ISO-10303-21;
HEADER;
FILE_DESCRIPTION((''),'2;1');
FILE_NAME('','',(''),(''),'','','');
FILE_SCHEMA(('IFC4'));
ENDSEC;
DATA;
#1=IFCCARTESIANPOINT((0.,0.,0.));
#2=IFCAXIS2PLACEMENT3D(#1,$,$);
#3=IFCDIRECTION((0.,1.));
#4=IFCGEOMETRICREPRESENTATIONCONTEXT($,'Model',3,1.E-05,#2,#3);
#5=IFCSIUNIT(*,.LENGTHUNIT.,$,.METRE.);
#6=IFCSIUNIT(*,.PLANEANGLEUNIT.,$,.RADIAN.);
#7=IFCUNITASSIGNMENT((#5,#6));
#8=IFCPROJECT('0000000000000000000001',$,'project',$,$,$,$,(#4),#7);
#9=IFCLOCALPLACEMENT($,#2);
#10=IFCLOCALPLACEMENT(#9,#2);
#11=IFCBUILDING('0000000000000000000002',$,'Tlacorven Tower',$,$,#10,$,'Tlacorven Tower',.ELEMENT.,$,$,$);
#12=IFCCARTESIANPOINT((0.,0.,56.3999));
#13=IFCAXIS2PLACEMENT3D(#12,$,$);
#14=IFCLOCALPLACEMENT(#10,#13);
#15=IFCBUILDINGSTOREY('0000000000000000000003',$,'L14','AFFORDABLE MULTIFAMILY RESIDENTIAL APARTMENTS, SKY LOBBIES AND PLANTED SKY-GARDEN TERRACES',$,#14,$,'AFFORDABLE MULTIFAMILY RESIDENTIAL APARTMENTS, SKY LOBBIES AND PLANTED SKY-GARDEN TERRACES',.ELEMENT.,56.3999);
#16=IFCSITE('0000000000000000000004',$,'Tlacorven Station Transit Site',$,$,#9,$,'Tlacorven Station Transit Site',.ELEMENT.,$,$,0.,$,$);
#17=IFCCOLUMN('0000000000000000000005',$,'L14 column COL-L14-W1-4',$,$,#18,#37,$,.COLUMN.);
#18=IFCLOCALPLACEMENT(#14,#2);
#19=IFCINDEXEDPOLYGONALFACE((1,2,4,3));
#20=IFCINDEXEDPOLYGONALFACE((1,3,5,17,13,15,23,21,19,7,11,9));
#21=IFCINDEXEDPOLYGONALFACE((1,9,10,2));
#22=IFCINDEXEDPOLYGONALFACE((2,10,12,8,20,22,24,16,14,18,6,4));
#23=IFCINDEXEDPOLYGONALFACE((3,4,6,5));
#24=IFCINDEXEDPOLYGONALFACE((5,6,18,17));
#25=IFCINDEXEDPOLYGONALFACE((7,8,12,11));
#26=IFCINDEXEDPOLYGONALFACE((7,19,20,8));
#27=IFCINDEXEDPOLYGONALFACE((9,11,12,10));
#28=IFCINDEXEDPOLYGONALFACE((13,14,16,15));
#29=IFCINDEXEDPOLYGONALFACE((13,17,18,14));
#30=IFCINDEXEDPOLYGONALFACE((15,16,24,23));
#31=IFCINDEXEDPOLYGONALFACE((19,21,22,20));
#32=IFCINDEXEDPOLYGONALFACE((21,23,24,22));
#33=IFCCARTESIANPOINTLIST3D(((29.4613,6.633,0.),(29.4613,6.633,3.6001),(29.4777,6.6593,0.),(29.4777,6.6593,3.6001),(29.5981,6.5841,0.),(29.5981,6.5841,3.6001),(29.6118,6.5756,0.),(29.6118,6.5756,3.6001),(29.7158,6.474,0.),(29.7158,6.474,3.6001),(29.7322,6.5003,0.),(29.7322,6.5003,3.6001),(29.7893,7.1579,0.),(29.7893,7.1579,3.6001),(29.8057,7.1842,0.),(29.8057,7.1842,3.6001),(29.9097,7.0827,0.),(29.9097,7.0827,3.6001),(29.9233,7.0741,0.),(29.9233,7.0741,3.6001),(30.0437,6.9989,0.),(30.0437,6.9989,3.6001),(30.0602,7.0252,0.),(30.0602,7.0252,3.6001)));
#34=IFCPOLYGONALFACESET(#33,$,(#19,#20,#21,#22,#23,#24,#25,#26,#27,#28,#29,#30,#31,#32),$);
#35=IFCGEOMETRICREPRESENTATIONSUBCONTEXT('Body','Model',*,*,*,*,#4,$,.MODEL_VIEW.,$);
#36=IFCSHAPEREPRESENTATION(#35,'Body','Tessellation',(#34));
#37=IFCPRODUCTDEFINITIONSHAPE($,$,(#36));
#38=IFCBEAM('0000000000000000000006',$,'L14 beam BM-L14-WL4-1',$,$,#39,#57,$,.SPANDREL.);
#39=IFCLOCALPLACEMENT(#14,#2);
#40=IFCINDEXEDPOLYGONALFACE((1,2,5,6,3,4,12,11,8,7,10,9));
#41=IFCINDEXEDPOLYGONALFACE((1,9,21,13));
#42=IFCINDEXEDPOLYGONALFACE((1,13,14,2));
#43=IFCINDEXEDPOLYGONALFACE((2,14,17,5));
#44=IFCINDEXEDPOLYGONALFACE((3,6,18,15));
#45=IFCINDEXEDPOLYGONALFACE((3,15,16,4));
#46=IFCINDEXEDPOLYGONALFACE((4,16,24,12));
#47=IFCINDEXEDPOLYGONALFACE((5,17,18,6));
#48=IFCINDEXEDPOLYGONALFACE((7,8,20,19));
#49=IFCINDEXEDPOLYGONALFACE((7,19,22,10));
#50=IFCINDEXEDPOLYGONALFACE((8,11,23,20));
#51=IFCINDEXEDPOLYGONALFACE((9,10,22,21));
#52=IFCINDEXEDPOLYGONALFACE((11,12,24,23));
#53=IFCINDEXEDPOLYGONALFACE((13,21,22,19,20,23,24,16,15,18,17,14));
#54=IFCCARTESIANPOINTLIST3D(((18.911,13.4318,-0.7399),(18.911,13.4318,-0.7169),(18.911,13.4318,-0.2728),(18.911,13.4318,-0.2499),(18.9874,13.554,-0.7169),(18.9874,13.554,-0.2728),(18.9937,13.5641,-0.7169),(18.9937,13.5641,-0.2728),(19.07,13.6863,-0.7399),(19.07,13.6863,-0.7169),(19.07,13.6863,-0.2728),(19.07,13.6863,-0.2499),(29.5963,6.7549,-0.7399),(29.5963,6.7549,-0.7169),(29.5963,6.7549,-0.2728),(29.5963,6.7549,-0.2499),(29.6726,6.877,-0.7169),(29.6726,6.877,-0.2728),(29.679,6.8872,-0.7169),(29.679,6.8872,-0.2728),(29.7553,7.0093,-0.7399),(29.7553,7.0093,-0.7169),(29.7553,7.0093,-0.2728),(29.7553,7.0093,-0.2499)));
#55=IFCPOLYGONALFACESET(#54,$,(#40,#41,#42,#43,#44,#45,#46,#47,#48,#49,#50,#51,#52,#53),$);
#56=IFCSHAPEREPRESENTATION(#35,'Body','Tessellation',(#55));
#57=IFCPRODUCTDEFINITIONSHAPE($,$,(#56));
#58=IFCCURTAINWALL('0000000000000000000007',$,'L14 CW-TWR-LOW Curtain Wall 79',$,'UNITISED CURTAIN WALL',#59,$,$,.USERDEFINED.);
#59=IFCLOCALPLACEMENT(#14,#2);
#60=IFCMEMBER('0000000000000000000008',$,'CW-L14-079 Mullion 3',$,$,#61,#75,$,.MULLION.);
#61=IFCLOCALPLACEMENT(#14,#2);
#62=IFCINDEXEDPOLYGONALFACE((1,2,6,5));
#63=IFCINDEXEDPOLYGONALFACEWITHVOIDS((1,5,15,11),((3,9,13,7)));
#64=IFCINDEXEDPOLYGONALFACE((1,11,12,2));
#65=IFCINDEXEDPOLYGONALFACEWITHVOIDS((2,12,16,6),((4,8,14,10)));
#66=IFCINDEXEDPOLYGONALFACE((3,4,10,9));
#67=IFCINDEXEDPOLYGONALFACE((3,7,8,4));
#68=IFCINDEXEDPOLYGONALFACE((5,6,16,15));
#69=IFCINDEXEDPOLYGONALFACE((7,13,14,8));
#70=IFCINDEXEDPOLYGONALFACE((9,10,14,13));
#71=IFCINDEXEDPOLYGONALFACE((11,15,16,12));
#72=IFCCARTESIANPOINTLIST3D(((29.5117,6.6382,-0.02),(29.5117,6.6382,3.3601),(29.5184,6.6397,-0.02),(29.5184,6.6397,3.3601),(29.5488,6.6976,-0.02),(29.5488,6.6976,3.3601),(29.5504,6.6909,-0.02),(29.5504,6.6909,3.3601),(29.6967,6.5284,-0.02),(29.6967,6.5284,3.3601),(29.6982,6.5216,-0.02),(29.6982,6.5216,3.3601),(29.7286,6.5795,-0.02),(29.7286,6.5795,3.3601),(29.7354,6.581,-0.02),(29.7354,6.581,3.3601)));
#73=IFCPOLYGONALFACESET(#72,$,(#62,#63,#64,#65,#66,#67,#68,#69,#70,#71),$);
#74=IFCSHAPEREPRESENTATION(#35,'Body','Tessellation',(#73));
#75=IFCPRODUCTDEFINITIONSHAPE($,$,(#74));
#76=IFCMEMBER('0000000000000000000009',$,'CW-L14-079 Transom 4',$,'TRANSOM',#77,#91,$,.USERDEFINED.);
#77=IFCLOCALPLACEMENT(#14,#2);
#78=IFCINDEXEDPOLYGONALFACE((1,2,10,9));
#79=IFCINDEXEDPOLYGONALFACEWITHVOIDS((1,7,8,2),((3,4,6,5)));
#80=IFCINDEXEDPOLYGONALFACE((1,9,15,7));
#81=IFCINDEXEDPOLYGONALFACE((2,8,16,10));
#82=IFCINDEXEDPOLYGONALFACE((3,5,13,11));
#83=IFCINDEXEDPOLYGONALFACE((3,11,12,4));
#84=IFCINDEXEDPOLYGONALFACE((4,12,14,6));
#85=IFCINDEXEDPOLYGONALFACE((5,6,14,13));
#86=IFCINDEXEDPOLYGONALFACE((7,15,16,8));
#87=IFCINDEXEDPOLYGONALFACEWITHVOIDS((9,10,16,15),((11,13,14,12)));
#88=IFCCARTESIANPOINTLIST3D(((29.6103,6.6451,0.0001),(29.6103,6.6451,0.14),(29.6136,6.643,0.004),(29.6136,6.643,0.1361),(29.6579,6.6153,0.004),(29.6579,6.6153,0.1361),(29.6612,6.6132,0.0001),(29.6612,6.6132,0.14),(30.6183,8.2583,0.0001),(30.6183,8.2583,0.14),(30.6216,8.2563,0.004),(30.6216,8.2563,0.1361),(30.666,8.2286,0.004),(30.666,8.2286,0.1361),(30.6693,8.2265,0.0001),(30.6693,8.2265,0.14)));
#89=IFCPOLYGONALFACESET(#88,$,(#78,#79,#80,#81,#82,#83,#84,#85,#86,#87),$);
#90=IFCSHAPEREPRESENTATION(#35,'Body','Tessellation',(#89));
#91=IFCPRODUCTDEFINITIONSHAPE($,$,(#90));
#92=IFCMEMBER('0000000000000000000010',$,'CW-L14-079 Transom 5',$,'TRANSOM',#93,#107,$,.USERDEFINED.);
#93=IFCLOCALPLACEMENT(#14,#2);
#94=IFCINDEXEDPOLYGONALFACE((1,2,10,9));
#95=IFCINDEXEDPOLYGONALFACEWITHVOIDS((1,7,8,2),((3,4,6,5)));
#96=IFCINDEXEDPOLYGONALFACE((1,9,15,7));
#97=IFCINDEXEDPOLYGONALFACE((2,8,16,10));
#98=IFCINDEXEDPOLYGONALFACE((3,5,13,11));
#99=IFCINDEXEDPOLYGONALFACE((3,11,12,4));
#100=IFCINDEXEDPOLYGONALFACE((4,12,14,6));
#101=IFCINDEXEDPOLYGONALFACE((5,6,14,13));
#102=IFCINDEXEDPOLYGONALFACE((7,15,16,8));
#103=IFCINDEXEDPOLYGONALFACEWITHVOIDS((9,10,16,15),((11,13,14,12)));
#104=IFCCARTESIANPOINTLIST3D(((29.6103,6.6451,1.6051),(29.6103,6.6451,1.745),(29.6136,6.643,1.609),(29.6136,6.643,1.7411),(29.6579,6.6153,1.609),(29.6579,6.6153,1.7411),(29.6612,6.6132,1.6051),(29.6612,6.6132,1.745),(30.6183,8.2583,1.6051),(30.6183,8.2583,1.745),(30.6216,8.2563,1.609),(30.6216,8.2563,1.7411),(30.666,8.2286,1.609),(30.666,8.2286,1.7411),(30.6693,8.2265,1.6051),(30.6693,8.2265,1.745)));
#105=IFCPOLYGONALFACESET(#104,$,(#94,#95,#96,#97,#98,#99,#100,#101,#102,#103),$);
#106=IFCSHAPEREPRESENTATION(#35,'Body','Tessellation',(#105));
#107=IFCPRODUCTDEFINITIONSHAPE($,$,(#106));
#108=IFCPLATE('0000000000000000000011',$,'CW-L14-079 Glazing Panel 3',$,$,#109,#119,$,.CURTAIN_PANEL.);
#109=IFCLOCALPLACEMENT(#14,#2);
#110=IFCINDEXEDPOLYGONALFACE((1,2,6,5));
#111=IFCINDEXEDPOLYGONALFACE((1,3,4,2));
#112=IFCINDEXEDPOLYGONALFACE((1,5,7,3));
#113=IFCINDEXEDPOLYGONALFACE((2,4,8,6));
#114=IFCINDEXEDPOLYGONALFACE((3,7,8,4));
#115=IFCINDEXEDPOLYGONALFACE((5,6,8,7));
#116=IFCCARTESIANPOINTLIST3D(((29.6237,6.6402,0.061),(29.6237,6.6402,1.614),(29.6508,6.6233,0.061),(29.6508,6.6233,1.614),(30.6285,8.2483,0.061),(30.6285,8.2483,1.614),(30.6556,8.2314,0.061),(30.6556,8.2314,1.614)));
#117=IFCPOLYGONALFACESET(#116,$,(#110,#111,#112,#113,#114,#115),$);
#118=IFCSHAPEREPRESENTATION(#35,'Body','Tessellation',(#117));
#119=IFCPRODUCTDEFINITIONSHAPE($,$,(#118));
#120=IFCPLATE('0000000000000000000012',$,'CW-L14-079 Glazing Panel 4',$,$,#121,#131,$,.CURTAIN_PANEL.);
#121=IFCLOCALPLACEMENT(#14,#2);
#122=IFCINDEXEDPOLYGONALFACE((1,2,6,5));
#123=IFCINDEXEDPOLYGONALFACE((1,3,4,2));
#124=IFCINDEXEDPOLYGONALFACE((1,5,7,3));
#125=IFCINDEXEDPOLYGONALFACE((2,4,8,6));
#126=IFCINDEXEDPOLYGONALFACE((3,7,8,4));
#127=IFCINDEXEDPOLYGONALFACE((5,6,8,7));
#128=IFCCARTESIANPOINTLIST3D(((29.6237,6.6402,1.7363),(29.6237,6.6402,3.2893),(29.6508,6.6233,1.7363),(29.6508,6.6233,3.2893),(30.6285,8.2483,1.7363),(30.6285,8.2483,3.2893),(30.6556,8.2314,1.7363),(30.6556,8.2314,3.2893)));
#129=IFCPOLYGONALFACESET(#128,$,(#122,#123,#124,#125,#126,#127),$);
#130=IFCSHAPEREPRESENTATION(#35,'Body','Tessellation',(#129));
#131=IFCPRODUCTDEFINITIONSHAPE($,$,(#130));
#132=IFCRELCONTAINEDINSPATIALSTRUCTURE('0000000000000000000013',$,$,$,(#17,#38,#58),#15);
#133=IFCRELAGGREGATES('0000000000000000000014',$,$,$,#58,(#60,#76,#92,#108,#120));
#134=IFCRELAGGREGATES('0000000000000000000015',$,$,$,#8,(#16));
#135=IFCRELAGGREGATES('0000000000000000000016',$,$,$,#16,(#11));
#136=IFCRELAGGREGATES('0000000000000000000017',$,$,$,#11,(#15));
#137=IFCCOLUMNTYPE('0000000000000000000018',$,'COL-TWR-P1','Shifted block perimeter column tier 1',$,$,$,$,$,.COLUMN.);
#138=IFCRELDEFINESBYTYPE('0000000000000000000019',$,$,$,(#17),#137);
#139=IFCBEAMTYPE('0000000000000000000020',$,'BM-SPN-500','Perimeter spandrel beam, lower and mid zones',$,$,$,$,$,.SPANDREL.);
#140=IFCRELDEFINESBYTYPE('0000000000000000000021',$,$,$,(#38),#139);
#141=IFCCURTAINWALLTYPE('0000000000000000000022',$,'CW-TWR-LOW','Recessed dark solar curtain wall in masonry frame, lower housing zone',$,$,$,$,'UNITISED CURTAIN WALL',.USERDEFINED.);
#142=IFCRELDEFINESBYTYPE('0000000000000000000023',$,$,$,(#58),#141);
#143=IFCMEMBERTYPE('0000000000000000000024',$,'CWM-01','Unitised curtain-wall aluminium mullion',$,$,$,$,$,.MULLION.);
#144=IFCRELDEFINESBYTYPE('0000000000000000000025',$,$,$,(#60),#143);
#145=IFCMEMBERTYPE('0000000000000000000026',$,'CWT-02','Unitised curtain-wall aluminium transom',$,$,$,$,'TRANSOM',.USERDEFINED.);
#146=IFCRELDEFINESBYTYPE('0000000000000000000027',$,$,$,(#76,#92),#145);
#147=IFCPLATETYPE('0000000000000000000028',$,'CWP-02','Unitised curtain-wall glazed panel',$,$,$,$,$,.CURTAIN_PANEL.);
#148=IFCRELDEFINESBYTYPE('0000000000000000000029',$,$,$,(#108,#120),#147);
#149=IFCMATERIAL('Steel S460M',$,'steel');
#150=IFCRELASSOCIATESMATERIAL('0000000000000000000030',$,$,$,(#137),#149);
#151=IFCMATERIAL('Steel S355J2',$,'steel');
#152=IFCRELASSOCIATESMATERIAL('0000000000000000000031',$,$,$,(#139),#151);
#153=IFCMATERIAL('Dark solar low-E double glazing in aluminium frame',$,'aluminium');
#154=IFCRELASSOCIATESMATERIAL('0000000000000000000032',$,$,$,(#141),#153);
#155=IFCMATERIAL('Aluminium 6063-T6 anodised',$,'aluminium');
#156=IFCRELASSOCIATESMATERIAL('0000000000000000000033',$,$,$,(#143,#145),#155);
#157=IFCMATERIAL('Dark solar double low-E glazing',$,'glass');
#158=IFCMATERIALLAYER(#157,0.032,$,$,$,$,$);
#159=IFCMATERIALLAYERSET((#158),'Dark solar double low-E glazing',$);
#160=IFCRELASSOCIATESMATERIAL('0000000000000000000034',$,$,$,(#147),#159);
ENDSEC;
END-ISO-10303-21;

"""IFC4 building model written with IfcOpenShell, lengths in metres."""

from ifc_helpers import new_model, si_unit, direction, frame, origin, origin_2d, place, context, subcontext, project, spatial, rectangle, hollow_rectangle, i_section, extrude, source, transform, mapped, material, layer, layer_set, material_profile, profile_set, type_object, element, aggregate, save


model = new_model("IFC4")

# Units and contexts
model_context = context("Model", 3, precision=1e-05, world=origin(), true_north=direction((0.0, 1.0)))
body_context = subcontext(model_context, "Body", "Model", "MODEL_VIEW")
ifc_project = project(units=[si_unit("LENGTHUNIT", "METRE"), si_unit("PLANEANGLEUNIT", "RADIAN")], contexts=[model_context])

# Site, building, storey
site_placement = place(None, origin())
site = spatial("IfcSite", under=ifc_project, at=site_placement, Name="Tlacorven Station Transit Site", LongName="Tlacorven Station Transit Site", CompositionType="ELEMENT", RefElevation=0.0)
building_placement = place(site_placement, origin())
building = spatial("IfcBuilding", under=site, at=building_placement, Name="Tlacorven Tower", LongName="Tlacorven Tower", CompositionType="ELEMENT")
storey_placement = place(building_placement, frame((0.0, 0.0, 56.3999)))
storey = spatial("IfcBuildingStorey", under=building, at=storey_placement, Name="L14", Description="AFFORDABLE MULTIFAMILY RESIDENTIAL APARTMENTS, SKY LOBBIES AND PLANTED SKY-GARDEN TERRACES", LongName="AFFORDABLE MULTIFAMILY RESIDENTIAL APARTMENTS, SKY LOBBIES AND PLANTED SKY-GARDEN TERRACES", CompositionType="ELEMENT", Elevation=56.3999)

# Column
ifc_material_1 = material(Name="Steel S460M", Category="steel")
ifc_material_profile_1 = material_profile(ifc_material_1, i_section(OverallWidth=0.3, OverallDepth=0.6499, WebThickness=0.0161, FlangeThickness=0.031, at=origin_2d()), Name="HEB 650")
ifc_profile_set_1 = profile_set([ifc_material_profile_1], Name="Steel S460M")
column_type = type_object("IfcColumnType", Name="COL-TWR-P1", Description="Shifted block perimeter column tier 1", PredefinedType="COLUMN", material=ifc_profile_set_1)
shared_shape_1 = source(origin(), body_context, "Body", "SweptSolid", [
    extrude(i_section(OverallWidth=0.3, OverallDepth=0.6499, WebThickness=0.0161, FlangeThickness=0.031, at=origin_2d()), origin(), (0.0, 0.0, 1.0), 3.6001),
])
column_placement = place(storey_placement, frame((29.7607, 6.8291, 0.0), z_axis=(0.0, 0.0, 1.0), x_axis=(-0.848048, 0.529919, 0.0)))
element("IfcColumn", 1, at=column_placement, inside=storey, type_object=column_type, Name="L14 column COL-L14-W1-4", PredefinedType="COLUMN", context=body_context, shape_type="MappedRepresentation", body=[
    mapped(shared_shape_1, transform((0.0, 0.0, 0.0), scale=1.0)),
])

# Beam
ifc_material_2 = material(Name="Steel S355J2", Category="steel")
ifc_material_profile_2 = material_profile(ifc_material_2, i_section(OverallWidth=0.3, OverallDepth=0.49, WebThickness=0.012, FlangeThickness=0.0229, at=origin_2d()), Name="HEA 500")
ifc_profile_set_2 = profile_set([ifc_material_profile_2], Name="Steel S355J2")
beam_type = type_object("IfcBeamType", Name="BM-SPN-500", Description="Perimeter spandrel beam, lower and mid zones", PredefinedType="SPANDREL", material=ifc_profile_set_2)
shared_shape_2 = source(origin(), body_context, "Body", "SweptSolid", [
    extrude(i_section(OverallWidth=0.3, OverallDepth=0.49, WebThickness=0.012, FlangeThickness=0.0229, at=origin_2d()), origin(), (0.0, 0.0, 1.0), 12.5999),
])
beam_placement = place(storey_placement, frame((29.6758, 6.8821, -0.4949), z_axis=(-0.848045, 0.529924, 0.0), x_axis=(-0.529924, -0.848045, 0.0)))
element("IfcBeam", 2, at=beam_placement, inside=storey, type_object=beam_type, Name="L14 beam BM-L14-WL4-1", PredefinedType="SPANDREL", context=body_context, shape_type="MappedRepresentation", body=[
    mapped(shared_shape_2, transform((0.0, 0.0, 0.0), scale=1.0)),
])

# Curtain wall, members, plates
ifc_material_3 = material(Name="Dark solar low-E double glazing in aluminium frame", Category="aluminium")
curtain_wall_type = type_object("IfcCurtainWallType", Name="CW-TWR-LOW", Description="Recessed dark solar curtain wall in masonry frame, lower housing zone", ElementType="UNITISED CURTAIN WALL", PredefinedType="USERDEFINED", material=ifc_material_3)
curtain_wall_placement = place(storey_placement, origin())
curtain_wall = element("IfcCurtainWall", 3, at=curtain_wall_placement, inside=storey, type_object=curtain_wall_type, Name="L14 CW-TWR-LOW Curtain Wall 79", ObjectType="UNITISED CURTAIN WALL", PredefinedType="USERDEFINED")
ifc_material_4 = material(Name="Aluminium 6063-T6 anodised", Category="aluminium")
ifc_material_profile_3 = material_profile(ifc_material_4, hollow_rectangle(XDim=0.0701, YDim=0.22, WallThickness=0.0049, at=origin_2d()), Name="ALU MULLION 70X220")
ifc_profile_set_3 = profile_set([ifc_material_profile_3], Name="Aluminium 6063-T6 anodised")
member_type_1 = type_object("IfcMemberType", Name="CWM-01", Description="Unitised curtain-wall aluminium mullion", PredefinedType="MULLION", material=ifc_profile_set_3)
shared_shape_3 = source(origin(), body_context, "Body", "SweptSolid", [
    extrude(hollow_rectangle(XDim=0.0701, YDim=0.22, WallThickness=0.0049, at=origin_2d()), origin(), (0.0, 0.0, 1.0), 3.3801),
])
member_1_placement = place(storey_placement, frame((29.6235, 6.6096, -0.02), z_axis=(0.0, 0.0, 1.0), x_axis=(-0.529919, -0.848048, 0.0)))
member_1 = element("IfcMember", 4, at=member_1_placement, type_object=member_type_1, Name="CW-L14-079 Mullion 3", PredefinedType="MULLION", context=body_context, shape_type="MappedRepresentation", body=[
    mapped(shared_shape_3, transform((0.0, 0.0, 0.0), scale=1.0)),
])
ifc_material_profile_4 = material_profile(ifc_material_4, hollow_rectangle(XDim=0.0601, YDim=0.1399, WallThickness=0.0039, at=origin_2d()), Name="ALU TRANSOM 60X140")
ifc_profile_set_4 = profile_set([ifc_material_profile_4], Name="Aluminium 6063-T6 anodised")
member_type_2 = type_object("IfcMemberType", Name="CWT-02", Description="Unitised curtain-wall aluminium transom", ElementType="TRANSOM", PredefinedType="USERDEFINED", material=ifc_profile_set_4)
shared_shape_4 = source(origin(), body_context, "Body", "SweptSolid", [
    extrude(hollow_rectangle(XDim=0.0601, YDim=0.1399, WallThickness=0.0039, at=origin_2d()), origin(), (0.0, 0.0, 1.0), 1.9023),
])
member_2_placement = place(storey_placement, frame((30.6438, 8.2424, 0.0701), z_axis=(-0.529907, -0.848056, 0.0), x_axis=(0.848056, -0.529907, 0.0)))
member_2 = element("IfcMember", 5, at=member_2_placement, type_object=member_type_2, Name="CW-L14-079 Transom 4", ObjectType="TRANSOM", PredefinedType="USERDEFINED", context=body_context, shape_type="MappedRepresentation", body=[
    mapped(shared_shape_4, transform((0.0, 0.0, 0.0), scale=1.0)),
])
member_3_placement = place(storey_placement, frame((30.6438, 8.2424, 1.675), z_axis=(-0.529907, -0.848056, 0.0), x_axis=(0.848056, -0.529907, 0.0)))
member_3 = element("IfcMember", 6, at=member_3_placement, type_object=member_type_2, Name="CW-L14-079 Transom 5", ObjectType="TRANSOM", PredefinedType="USERDEFINED", context=body_context, shape_type="MappedRepresentation", body=[
    mapped(shared_shape_4, transform((0.0, 0.0, 0.0), scale=1.0)),
])
ifc_material_5 = material(Name="Dark solar double low-E glazing", Category="glass")
ifc_layer_1 = layer(ifc_material_5, 0.032)
ifc_layer_set_1 = layer_set([ifc_layer_1], Name="Dark solar double low-E glazing")
plate_type = type_object("IfcPlateType", Name="CWP-02", Description="Unitised curtain-wall glazed panel", PredefinedType="CURTAIN_PANEL", material=ifc_layer_set_1)
shared_shape_5 = source(origin(), body_context, "Body", "SweptSolid", [
    extrude(rectangle(XDim=1.8962, YDim=0.032, at=origin_2d()), origin(), (0.0, 0.0, 1.0), 1.553),
])
plate_1_placement = place(storey_placement, frame((30.1396, 7.4358, 0.061), z_axis=(0.0, 0.0, 1.0), x_axis=(-0.529919, -0.848048, 0.0)))
plate_1 = element("IfcPlate", 7, at=plate_1_placement, type_object=plate_type, Name="CW-L14-079 Glazing Panel 3", PredefinedType="CURTAIN_PANEL", context=body_context, shape_type="MappedRepresentation", body=[
    mapped(shared_shape_5, transform((0.0, 0.0, 0.0), scale=1.0)),
])
plate_2_placement = place(storey_placement, frame((30.1396, 7.4358, 1.7363), z_axis=(0.0, 0.0, 1.0), x_axis=(-0.529919, -0.848048, 0.0)))
plate_2 = element("IfcPlate", 8, at=plate_2_placement, type_object=plate_type, Name="CW-L14-079 Glazing Panel 4", PredefinedType="CURTAIN_PANEL", context=body_context, shape_type="MappedRepresentation", body=[
    mapped(shared_shape_5, transform((0.0, 0.0, 0.0), scale=1.0)),
])
aggregate(curtain_wall, [member_1, member_2, member_3, plate_1, plate_2])

save(model, "model.ifc")
